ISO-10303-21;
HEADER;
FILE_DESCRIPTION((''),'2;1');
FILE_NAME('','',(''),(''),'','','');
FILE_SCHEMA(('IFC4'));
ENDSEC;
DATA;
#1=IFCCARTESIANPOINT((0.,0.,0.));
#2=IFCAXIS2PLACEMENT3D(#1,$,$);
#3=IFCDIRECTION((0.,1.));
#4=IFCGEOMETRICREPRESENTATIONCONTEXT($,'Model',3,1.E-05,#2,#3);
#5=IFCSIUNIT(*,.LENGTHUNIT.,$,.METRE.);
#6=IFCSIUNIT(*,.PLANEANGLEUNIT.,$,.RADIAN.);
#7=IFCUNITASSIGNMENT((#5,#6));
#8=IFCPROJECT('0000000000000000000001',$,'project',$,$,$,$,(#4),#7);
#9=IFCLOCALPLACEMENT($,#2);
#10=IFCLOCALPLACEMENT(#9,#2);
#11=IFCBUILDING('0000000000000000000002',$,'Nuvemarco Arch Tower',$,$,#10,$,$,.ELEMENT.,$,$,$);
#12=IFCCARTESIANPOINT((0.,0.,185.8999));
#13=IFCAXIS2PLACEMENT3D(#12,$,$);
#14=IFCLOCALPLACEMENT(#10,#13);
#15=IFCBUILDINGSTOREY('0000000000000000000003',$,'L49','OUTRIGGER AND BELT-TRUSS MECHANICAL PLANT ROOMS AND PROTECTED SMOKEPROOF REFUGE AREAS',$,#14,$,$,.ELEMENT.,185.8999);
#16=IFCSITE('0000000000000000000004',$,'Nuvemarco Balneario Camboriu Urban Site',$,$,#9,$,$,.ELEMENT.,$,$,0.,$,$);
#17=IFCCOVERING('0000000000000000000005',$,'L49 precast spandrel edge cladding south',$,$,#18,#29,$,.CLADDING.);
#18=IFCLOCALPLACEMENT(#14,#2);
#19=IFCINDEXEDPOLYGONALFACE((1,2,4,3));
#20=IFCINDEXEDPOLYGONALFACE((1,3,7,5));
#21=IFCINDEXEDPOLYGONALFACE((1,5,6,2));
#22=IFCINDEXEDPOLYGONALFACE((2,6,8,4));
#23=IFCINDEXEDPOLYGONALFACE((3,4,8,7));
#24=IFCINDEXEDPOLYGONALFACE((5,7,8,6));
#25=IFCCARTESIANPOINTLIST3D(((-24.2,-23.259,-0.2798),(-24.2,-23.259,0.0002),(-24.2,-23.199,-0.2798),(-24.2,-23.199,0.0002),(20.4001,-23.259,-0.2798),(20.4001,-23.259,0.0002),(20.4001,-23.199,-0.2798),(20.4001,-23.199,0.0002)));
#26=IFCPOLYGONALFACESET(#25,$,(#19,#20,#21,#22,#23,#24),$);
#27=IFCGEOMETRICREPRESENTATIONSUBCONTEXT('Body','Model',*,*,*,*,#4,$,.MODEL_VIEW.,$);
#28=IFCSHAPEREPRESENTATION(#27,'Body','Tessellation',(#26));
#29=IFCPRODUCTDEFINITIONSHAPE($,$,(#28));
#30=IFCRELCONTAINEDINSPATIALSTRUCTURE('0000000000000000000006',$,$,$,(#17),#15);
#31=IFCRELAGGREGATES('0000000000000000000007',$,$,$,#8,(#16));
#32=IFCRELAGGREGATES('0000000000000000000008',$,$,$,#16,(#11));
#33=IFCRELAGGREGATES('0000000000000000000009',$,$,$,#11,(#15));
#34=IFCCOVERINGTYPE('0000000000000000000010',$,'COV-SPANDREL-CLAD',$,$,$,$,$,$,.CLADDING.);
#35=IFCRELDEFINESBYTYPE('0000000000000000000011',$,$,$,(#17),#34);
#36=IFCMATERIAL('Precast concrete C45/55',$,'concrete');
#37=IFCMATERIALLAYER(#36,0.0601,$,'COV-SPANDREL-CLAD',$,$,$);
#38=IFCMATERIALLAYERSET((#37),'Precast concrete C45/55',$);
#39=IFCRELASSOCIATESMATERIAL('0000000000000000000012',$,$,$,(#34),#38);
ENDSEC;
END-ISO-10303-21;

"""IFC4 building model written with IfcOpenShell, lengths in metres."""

from ifc_helpers import new_model, si_unit, direction, frame, origin, origin_2d, place, context, subcontext, project, spatial, rectangle, extrude, source, transform, mapped, material, layer, layer_set, type_object, type_shapes, element, save


model = new_model("IFC4")

# Units and contexts
model_context = context("Model", 3, precision=1e-05, world=origin(), true_north=direction((0.0, 1.0)))
body_context = subcontext(model_context, "Body", "Model", "MODEL_VIEW")
ifc_project = project(units=[si_unit("LENGTHUNIT", "METRE"), si_unit("PLANEANGLEUNIT", "RADIAN")], contexts=[model_context])

# Site, building, storey
site_placement = place(None, origin())
site = spatial("IfcSite", under=ifc_project, at=site_placement, Name="Nuvemarco Balneario Camboriu Urban Site", CompositionType="ELEMENT", RefElevation=0.0)
building_placement = place(site_placement, origin())
building = spatial("IfcBuilding", under=site, at=building_placement, Name="Nuvemarco Arch Tower", CompositionType="ELEMENT")
storey_placement = place(building_placement, frame((0.0, 0.0, 185.8999)))
storey = spatial("IfcBuildingStorey", under=building, at=storey_placement, Name="L49", Description="OUTRIGGER AND BELT-TRUSS MECHANICAL PLANT ROOMS AND PROTECTED SMOKEPROOF REFUGE AREAS", CompositionType="ELEMENT", Elevation=185.8999)

# Shared definitions
ifc_material_1 = material(Name="Precast concrete C45/55", Category="concrete")

# Covering
ifc_layer_1 = layer(ifc_material_1, 0.0601, Name="COV-SPANDREL-CLAD")
ifc_layer_set_1 = layer_set([ifc_layer_1], Name="Precast concrete C45/55")
covering_type = type_object("IfcCoveringType", Name="COV-SPANDREL-CLAD", PredefinedType="CLADDING", material=ifc_layer_set_1)
shared_shape_1 = source(origin(), body_context, "Body", "SweptSolid", [
    extrude(rectangle(XDim=44.6001, YDim=0.0601, at=origin_2d()), origin(), (0.0, 0.0, 1.0), 0.28),
])
type_shapes(covering_type, [shared_shape_1])
covering_placement = place(storey_placement, frame((-1.8999, -23.229, -0.2798), z_axis=(0.0, 0.0, 1.0), x_axis=(1.0, 0.0, 0.0)))
element("IfcCovering", 1, at=covering_placement, inside=storey, type_object=covering_type, Name="L49 precast spandrel edge cladding south", PredefinedType="CLADDING", context=body_context, shape_type="MappedRepresentation", body=[
    mapped(shared_shape_1, transform((0.0, 0.0, 0.0), scale=1.0)),
])

save(model, "model.ifc")
